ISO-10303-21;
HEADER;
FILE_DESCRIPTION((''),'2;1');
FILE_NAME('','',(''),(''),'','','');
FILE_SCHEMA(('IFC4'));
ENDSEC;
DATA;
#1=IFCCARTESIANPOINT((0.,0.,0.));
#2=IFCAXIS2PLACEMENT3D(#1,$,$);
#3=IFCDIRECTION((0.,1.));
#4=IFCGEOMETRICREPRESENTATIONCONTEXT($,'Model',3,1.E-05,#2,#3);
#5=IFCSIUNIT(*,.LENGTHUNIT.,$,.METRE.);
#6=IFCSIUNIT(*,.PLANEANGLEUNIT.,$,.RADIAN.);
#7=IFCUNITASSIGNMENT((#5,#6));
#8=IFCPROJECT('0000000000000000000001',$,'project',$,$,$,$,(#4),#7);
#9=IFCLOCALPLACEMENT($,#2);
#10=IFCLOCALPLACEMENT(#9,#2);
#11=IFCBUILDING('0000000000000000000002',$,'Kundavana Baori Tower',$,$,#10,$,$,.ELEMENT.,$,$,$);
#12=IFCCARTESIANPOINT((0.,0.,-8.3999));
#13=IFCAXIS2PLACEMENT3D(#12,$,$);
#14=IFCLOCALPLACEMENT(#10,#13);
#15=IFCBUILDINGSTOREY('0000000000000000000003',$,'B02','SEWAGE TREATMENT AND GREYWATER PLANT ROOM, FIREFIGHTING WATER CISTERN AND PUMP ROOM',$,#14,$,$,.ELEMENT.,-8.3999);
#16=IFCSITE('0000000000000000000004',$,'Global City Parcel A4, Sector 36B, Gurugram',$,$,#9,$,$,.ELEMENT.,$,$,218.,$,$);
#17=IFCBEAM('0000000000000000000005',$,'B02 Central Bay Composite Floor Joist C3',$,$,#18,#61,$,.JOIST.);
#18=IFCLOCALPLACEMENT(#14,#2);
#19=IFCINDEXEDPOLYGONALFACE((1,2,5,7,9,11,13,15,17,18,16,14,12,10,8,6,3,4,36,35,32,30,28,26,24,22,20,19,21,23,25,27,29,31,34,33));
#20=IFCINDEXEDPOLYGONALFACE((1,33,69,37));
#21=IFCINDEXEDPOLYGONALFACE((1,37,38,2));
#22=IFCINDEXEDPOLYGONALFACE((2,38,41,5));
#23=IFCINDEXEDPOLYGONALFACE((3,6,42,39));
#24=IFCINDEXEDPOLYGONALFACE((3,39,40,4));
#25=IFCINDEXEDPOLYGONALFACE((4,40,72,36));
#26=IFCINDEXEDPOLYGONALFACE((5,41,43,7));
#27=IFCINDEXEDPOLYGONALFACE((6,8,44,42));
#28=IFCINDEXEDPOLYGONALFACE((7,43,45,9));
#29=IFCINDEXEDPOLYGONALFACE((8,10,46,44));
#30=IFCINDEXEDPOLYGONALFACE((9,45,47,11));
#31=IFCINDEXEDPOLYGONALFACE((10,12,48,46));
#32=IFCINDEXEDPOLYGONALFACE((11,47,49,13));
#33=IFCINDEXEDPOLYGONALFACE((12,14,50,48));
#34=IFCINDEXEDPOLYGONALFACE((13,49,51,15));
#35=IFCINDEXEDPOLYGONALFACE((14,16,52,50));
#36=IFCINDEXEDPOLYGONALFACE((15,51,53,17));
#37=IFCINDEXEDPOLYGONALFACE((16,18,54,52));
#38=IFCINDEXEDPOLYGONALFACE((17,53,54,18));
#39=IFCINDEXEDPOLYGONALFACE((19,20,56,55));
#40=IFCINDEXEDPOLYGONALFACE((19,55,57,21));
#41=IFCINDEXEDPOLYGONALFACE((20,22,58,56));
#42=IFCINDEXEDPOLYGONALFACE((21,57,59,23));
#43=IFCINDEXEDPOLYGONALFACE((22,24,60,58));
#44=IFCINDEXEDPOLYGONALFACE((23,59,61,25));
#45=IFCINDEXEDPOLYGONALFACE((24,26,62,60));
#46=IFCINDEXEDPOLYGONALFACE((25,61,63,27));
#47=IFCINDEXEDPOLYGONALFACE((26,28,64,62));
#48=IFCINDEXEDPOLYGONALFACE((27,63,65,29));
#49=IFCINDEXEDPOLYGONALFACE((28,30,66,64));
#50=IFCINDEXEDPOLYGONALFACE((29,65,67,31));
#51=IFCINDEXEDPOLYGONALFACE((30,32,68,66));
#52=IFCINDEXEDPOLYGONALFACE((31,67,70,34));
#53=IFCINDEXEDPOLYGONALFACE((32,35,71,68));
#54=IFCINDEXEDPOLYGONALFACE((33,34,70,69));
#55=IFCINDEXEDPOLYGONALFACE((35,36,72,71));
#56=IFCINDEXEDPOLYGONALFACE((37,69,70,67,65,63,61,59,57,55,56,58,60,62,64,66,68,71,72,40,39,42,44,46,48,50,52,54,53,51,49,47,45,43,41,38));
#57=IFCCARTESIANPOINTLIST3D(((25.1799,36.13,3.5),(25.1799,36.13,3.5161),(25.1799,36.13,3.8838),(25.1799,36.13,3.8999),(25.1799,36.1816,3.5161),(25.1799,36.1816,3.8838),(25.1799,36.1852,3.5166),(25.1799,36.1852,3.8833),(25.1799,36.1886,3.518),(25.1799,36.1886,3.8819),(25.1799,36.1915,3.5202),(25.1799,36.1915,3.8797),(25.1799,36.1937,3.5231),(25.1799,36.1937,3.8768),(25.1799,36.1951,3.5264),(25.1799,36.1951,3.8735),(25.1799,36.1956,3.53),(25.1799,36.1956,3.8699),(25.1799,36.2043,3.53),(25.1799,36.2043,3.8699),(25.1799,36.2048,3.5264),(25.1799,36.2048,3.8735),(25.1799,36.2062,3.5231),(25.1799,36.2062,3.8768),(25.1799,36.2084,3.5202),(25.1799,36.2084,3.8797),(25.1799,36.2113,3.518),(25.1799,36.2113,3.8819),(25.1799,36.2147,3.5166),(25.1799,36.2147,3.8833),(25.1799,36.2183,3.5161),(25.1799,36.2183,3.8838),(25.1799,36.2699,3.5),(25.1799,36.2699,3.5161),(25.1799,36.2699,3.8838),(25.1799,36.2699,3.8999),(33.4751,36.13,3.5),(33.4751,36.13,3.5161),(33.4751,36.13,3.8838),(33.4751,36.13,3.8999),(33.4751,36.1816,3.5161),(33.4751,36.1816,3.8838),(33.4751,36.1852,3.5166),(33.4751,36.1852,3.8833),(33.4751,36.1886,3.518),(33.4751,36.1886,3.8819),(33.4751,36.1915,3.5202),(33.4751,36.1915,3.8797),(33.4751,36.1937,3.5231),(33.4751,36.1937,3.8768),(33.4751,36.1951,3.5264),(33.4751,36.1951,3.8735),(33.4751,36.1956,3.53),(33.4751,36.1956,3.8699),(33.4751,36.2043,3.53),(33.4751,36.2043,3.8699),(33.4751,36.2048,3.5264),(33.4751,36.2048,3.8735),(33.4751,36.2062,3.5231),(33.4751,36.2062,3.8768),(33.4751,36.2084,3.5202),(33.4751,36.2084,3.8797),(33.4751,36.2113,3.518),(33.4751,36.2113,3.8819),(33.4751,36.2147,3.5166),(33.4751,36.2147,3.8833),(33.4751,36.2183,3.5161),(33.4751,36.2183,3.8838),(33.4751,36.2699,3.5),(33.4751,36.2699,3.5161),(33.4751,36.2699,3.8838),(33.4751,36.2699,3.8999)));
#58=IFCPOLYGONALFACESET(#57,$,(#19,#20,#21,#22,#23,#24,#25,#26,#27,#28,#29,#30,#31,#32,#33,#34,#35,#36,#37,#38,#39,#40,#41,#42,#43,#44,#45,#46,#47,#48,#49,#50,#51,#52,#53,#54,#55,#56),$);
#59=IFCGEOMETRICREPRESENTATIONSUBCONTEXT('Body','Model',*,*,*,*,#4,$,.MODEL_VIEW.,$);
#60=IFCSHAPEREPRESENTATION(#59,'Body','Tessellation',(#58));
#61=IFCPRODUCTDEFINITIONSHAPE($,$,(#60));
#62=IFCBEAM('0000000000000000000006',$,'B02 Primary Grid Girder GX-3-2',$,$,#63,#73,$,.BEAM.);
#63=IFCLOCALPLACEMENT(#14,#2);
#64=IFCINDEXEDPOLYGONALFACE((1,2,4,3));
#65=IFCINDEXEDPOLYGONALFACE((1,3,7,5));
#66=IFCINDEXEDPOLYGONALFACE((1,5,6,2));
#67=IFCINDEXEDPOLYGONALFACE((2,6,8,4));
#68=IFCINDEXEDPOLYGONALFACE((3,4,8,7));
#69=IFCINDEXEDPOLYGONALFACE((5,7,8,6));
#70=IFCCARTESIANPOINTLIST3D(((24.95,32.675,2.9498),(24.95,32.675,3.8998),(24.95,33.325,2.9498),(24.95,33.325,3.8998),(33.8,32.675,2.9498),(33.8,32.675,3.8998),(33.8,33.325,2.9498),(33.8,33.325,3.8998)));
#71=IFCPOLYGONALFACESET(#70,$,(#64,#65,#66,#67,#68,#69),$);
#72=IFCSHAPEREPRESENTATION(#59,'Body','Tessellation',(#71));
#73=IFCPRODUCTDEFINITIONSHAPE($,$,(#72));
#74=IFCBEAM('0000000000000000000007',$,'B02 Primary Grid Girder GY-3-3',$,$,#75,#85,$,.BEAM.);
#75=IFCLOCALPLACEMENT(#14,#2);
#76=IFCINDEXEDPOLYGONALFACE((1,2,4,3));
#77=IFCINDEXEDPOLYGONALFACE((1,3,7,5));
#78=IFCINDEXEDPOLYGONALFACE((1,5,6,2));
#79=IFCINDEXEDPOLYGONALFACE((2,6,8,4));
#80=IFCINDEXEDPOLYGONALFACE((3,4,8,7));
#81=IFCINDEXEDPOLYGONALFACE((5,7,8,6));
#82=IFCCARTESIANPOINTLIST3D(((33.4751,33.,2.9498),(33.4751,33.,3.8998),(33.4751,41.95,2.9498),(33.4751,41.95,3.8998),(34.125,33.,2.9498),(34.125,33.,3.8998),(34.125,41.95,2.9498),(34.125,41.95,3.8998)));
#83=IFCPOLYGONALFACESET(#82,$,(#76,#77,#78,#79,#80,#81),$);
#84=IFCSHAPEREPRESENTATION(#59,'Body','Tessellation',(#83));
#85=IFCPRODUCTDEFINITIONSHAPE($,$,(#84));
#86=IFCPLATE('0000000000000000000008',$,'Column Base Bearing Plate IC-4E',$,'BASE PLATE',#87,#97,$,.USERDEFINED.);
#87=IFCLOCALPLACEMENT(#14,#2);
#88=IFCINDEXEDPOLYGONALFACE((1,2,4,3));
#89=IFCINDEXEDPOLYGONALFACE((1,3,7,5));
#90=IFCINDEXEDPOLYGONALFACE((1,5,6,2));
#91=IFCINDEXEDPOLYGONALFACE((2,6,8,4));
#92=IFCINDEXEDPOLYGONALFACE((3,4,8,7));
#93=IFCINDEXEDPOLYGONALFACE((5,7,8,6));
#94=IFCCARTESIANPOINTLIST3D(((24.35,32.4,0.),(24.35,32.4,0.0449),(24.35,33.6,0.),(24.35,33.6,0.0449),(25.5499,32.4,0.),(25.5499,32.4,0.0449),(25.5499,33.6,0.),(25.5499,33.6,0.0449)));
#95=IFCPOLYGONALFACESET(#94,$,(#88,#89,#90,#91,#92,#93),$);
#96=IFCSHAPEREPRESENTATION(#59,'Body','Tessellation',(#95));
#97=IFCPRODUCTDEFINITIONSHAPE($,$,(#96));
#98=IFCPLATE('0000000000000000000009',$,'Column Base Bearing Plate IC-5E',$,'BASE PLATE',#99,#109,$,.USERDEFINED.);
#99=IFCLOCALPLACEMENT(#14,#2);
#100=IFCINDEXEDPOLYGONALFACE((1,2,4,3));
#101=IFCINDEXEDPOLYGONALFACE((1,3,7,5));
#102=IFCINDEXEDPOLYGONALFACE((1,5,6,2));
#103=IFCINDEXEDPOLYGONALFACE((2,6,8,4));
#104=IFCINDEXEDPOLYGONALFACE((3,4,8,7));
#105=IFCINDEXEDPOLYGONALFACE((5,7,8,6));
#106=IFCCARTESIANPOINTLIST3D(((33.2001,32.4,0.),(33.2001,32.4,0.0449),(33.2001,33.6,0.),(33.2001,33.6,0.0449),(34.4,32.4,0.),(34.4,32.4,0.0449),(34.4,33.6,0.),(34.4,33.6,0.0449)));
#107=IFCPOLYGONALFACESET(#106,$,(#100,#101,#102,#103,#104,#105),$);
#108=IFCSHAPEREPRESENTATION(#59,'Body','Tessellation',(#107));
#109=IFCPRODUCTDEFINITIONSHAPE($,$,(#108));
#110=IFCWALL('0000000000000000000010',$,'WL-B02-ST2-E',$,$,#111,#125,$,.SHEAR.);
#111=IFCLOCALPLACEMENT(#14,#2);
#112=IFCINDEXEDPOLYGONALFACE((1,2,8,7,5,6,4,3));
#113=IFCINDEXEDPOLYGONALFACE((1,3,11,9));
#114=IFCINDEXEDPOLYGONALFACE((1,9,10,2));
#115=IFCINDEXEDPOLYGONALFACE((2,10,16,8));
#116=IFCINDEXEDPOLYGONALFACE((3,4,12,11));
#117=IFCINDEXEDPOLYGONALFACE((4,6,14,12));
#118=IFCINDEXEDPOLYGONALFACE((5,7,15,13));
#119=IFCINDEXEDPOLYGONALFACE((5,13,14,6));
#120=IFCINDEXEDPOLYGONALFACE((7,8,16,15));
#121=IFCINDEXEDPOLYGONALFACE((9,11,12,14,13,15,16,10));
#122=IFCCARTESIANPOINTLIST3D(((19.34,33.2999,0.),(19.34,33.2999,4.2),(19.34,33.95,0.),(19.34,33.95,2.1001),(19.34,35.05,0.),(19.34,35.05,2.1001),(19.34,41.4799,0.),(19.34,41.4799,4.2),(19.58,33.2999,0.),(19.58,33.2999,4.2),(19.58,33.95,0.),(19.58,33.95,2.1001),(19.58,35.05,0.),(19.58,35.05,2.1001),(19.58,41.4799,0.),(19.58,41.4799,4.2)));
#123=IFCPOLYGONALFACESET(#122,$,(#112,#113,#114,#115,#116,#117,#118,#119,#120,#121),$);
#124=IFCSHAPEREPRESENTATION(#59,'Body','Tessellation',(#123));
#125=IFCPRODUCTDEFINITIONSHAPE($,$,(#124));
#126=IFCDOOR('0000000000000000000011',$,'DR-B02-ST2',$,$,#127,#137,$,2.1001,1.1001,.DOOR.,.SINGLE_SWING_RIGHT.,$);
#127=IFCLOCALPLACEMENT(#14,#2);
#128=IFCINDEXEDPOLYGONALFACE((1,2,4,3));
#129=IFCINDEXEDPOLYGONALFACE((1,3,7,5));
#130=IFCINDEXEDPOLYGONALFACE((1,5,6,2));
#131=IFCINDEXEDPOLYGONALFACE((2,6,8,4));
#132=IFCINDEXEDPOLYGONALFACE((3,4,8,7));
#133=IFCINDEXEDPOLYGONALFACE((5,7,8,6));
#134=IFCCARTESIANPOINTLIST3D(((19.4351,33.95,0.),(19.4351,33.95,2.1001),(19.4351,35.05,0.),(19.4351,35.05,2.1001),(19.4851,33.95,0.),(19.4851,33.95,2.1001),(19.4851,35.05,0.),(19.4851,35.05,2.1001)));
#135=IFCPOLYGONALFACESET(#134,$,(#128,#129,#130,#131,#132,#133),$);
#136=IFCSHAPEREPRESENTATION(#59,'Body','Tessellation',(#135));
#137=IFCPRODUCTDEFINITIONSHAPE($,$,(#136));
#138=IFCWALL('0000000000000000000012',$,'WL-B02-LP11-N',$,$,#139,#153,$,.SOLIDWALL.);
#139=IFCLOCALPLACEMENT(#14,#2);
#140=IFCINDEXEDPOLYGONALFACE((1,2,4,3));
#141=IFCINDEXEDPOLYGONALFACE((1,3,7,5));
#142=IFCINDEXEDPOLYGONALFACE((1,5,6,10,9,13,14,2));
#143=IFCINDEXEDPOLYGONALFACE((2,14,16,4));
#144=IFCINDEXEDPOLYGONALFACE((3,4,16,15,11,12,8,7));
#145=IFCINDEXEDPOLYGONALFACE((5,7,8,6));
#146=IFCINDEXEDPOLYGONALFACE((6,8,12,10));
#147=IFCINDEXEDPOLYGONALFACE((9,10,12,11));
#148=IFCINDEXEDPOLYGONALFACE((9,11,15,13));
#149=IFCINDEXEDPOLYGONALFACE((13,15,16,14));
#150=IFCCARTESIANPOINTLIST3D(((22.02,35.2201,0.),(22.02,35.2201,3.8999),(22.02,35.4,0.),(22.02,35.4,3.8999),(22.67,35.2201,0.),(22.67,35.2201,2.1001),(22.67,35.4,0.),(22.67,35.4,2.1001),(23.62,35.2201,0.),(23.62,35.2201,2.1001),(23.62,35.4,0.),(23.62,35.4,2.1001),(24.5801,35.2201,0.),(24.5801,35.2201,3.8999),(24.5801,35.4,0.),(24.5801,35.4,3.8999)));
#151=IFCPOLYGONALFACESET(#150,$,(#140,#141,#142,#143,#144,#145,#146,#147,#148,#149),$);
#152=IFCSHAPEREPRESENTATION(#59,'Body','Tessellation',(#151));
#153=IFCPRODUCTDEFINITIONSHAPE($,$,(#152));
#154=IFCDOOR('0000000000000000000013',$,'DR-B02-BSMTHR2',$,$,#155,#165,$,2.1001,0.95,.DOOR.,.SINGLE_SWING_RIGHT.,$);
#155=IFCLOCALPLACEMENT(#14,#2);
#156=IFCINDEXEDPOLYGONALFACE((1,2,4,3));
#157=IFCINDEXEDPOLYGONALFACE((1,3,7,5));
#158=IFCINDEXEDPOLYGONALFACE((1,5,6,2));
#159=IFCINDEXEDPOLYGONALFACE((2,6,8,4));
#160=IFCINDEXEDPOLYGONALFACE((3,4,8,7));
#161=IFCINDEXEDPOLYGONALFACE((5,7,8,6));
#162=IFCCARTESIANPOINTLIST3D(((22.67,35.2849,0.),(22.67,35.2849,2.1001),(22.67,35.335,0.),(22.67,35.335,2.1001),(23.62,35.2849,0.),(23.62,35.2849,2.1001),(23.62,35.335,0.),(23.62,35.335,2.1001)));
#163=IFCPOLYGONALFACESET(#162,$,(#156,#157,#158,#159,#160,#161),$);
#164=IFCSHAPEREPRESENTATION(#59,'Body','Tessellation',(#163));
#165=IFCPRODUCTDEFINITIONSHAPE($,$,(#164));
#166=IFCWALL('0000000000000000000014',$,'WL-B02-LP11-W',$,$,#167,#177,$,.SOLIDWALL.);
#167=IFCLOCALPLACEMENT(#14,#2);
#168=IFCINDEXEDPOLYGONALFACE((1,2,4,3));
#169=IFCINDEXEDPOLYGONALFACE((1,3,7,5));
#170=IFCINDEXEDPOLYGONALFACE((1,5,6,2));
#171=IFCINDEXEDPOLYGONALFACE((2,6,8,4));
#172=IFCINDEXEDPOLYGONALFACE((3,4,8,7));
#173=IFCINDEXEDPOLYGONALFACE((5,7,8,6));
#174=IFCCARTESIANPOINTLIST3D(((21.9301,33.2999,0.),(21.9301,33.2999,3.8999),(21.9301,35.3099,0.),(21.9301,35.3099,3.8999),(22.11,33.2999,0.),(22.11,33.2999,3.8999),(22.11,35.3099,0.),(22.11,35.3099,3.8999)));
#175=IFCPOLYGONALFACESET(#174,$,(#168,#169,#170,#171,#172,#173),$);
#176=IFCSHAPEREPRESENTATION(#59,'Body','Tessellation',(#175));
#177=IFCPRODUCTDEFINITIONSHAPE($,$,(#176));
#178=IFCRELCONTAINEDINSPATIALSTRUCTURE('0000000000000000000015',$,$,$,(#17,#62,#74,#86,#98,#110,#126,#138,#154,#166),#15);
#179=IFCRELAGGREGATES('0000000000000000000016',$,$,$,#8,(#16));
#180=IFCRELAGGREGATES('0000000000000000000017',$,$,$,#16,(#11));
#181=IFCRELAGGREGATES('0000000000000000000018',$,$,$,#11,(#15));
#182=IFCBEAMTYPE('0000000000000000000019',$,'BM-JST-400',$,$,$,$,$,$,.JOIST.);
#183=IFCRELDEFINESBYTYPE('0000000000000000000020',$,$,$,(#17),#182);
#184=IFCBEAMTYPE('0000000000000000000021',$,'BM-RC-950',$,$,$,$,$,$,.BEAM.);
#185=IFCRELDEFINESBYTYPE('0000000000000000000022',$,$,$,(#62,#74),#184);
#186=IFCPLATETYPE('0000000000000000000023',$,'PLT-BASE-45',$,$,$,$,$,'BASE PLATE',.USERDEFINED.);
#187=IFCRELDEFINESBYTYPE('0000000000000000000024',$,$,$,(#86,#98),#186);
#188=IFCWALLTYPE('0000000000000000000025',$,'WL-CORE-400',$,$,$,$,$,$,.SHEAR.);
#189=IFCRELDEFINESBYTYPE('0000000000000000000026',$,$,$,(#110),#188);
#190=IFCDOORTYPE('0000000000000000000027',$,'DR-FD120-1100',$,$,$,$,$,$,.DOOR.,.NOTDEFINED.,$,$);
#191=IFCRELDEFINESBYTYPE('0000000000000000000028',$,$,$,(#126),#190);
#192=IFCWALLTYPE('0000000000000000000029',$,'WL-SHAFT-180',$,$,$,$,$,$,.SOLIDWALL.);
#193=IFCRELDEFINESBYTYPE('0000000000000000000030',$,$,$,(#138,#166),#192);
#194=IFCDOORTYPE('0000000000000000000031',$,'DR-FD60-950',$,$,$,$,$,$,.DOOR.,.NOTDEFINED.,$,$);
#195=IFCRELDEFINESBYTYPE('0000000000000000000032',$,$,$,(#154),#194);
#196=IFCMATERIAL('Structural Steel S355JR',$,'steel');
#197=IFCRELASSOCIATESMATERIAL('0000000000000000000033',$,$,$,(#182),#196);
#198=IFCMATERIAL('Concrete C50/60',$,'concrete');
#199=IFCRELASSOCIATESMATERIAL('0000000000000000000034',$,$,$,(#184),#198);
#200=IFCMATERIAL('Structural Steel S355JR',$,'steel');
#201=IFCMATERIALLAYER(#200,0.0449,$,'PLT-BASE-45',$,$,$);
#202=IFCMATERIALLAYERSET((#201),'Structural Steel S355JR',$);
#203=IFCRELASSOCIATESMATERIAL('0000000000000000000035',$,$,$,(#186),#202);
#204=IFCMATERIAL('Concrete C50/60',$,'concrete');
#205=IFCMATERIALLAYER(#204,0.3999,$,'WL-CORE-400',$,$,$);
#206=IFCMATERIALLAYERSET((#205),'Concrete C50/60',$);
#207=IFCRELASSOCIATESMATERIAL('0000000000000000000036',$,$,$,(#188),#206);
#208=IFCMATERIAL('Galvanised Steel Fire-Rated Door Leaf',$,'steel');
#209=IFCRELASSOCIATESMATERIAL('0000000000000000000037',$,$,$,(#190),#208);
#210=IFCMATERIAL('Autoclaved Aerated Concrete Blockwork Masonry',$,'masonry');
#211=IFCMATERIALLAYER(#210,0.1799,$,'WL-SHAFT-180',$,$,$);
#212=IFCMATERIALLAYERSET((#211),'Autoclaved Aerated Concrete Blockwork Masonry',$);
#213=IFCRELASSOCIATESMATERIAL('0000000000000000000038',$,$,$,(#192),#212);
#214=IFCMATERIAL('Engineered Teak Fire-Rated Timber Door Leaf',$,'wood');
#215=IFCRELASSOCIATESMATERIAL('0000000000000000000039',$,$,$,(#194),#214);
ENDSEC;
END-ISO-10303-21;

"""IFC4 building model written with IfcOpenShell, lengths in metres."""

from ifc_helpers import new_model, si_unit, direction, frame, frame_2d, origin, origin_2d, place, context, subcontext, project, spatial, rectangle, i_section, extrude, material, layer, layer_set, material_profile, profile_set, type_object, element, fill, save


model = new_model("IFC4")

# Units and contexts
model_context = context("Model", 3, precision=1e-05, world=origin(), true_north=direction((0.0, 1.0)))
body_context = subcontext(model_context, "Body", "Model", "MODEL_VIEW")
ifc_project = project(units=[si_unit("LENGTHUNIT", "METRE"), si_unit("PLANEANGLEUNIT", "RADIAN")], contexts=[model_context])

# Site, building, storey
site_placement = place(None, origin())
site = spatial("IfcSite", under=ifc_project, at=site_placement, Name="Global City Parcel A4, Sector 36B, Gurugram", CompositionType="ELEMENT", RefElevation=218.0)
building_placement = place(site_placement, origin())
building = spatial("IfcBuilding", under=site, at=building_placement, Name="Kundavana Baori Tower", CompositionType="ELEMENT")
storey_placement = place(building_placement, frame((0.0, 0.0, -8.3999)))
storey = spatial("IfcBuildingStorey", under=building, at=storey_placement, Name="B02", Description="SEWAGE TREATMENT AND GREYWATER PLANT ROOM, FIREFIGHTING WATER CISTERN AND PUMP ROOM", CompositionType="ELEMENT", Elevation=-8.3999)

# Beams
ifc_material_1 = material(Name="Structural Steel S355JR", Category="steel")
ifc_material_profile_1 = material_profile(ifc_material_1, i_section(OverallWidth=0.1399, OverallDepth=0.3999, WebThickness=0.0088, FlangeThickness=0.0161, FilletRadius=0.0139, at=origin_2d()), Name="ISMB 400")
ifc_profile_set_1 = profile_set([ifc_material_profile_1], Name="Structural Steel S355JR")
beam_type_1 = type_object("IfcBeamType", Name="BM-JST-400", PredefinedType="JOIST", material=ifc_profile_set_1)
beam_1_placement = place(storey_placement, frame((25.1799, 36.2, 3.7), z_axis=(1.0, 0.0, 0.0), x_axis=(0.0, 1.0, 0.0)))
element("IfcBeam", 1, at=beam_1_placement, inside=storey, type_object=beam_type_1, Name="B02 Central Bay Composite Floor Joist C3", PredefinedType="JOIST", context=body_context, shape_type="SweptSolid", body=[
    extrude(i_section(OverallWidth=0.1399, OverallDepth=0.3999, WebThickness=0.0088, FlangeThickness=0.0161, FilletRadius=0.0139, at=origin_2d()), origin(), (0.0, 0.0, 1.0), 8.2952),
])
ifc_material_2 = material(Name="Concrete C50/60", Category="concrete")
ifc_material_profile_2 = material_profile(ifc_material_2, rectangle(XDim=0.6499, YDim=0.95, at=origin_2d()), Name="RC BM 650x950")
ifc_profile_set_2 = profile_set([ifc_material_profile_2], Name="Concrete C50/60")
beam_type_2 = type_object("IfcBeamType", Name="BM-RC-950", PredefinedType="BEAM", material=ifc_profile_set_2)
beam_2_placement = place(storey_placement, frame((24.95, 33.0, 3.4248), z_axis=(1.0, 0.0, 0.0), x_axis=(0.0, 1.0, 0.0)))
element("IfcBeam", 2, at=beam_2_placement, inside=storey, type_object=beam_type_2, Name="B02 Primary Grid Girder GX-3-2", PredefinedType="BEAM", context=body_context, shape_type="SweptSolid", body=[
    extrude(rectangle(XDim=0.6499, YDim=0.95, at=origin_2d()), origin(), (0.0, 0.0, 1.0), 8.8501),
])
beam_3_placement = place(storey_placement, frame((33.8, 33.0, 3.4248), z_axis=(0.0, 1.0, 0.0), x_axis=(-1.0, 0.0, 0.0)))
element("IfcBeam", 3, at=beam_3_placement, inside=storey, type_object=beam_type_2, Name="B02 Primary Grid Girder GY-3-3", PredefinedType="BEAM", context=body_context, shape_type="SweptSolid", body=[
    extrude(rectangle(XDim=0.6499, YDim=0.95, at=origin_2d()), origin(), (0.0, 0.0, 1.0), 8.95),
])

# Plates
ifc_material_3 = material(Name="Structural Steel S355JR", Category="steel")
ifc_layer_1 = layer(ifc_material_3, 0.0449, Name="PLT-BASE-45")
ifc_layer_set_1 = layer_set([ifc_layer_1], Name="Structural Steel S355JR")
plate_type = type_object("IfcPlateType", Name="PLT-BASE-45", ElementType="BASE PLATE", PredefinedType="USERDEFINED", material=ifc_layer_set_1)
for number, where, z_axis, x_axis, name in (
    (4, (24.95, 33.0, 0.0), (0.0, 0.0, 1.0), (1.0, 0.0, 0.0), "Column Base Bearing Plate IC-4E"),
    (5, (33.8, 33.0, 0.0), (0.0, 0.0, 1.0), (1.0, 0.0, 0.0), "Column Base Bearing Plate IC-5E"),
):
    element("IfcPlate", number, at=place(storey_placement, frame(where, z_axis=z_axis, x_axis=x_axis)), inside=storey, type_object=plate_type, Name=name, ObjectType="BASE PLATE", PredefinedType="USERDEFINED", context=body_context, shape_type="SweptSolid", body=[
        extrude(rectangle(XDim=1.2, YDim=1.2, at=origin_2d()), origin(), (0.0, 0.0, 1.0), 0.0449),
    ])

# Walls, openings, doors
ifc_material_4 = material(Name="Concrete C50/60", Category="concrete")
ifc_layer_2 = layer(ifc_material_4, 0.3999, Name="WL-CORE-400")
ifc_layer_set_2 = layer_set([ifc_layer_2], Name="Concrete C50/60")
wall_type_1 = type_object("IfcWallType", Name="WL-CORE-400", PredefinedType="SHEAR", material=ifc_layer_set_2)
wall_1_placement = place(storey_placement, frame((19.46, 33.3, 0.0), z_axis=(0.0, 0.0, 1.0), x_axis=(0.0, 1.0, 0.0)))
wall_1 = element("IfcWall", 6, at=wall_1_placement, inside=storey, type_object=wall_type_1, Name="WL-B02-ST2-E", PredefinedType="SHEAR", context=body_context, shape_type="SweptSolid", body=[
    extrude(rectangle(XDim=8.1799, YDim=0.24, at=frame_2d((4.0898, 0.0))), origin(), (0.0, 0.0, 1.0), 4.2),
])
opening_1_placement = place(wall_1_placement, frame((0.6499, 0.0, 0.0)))
opening_1 = element("IfcOpeningElement", 7, at=opening_1_placement, cuts=wall_1, PredefinedType="OPENING", context=body_context, shape_type="SweptSolid", body=[
    extrude(rectangle(XDim=1.1001, YDim=2.1001, at=frame_2d((0.55, 1.05))), frame((0.0, 0.1299, 0.0), z_axis=(0.0, -1.0, 0.0), x_axis=(1.0, 0.0, 0.0)), (0.0, 0.0, 1.0), 0.26),
])
ifc_material_5 = material(Name="Galvanised Steel Fire-Rated Door Leaf", Category="steel")
door_type_1 = type_object("IfcDoorType", Name="DR-FD120-1100", OperationType="NOTDEFINED", PredefinedType="DOOR", material=ifc_material_5)
door_1_placement = place(opening_1_placement, origin())
door_1 = element("IfcDoor", 8, at=door_1_placement, inside=storey, type_object=door_type_1, Name="DR-B02-ST2", OperationType="SINGLE_SWING_RIGHT", OverallHeight=2.1001, OverallWidth=1.1001, PredefinedType="DOOR", context=body_context, shape_type="SweptSolid", body=[
    extrude(rectangle(XDim=1.1001, YDim=2.1001, at=frame_2d((0.55, 1.05))), frame((0.0, 0.0249, 0.0), z_axis=(0.0, -1.0, 0.0), x_axis=(1.0, 0.0, 0.0)), (0.0, 0.0, 1.0), 0.05),
])
fill(opening_1, door_1)
ifc_material_6 = material(Name="Autoclaved Aerated Concrete Blockwork Masonry", Category="masonry")
ifc_layer_3 = layer(ifc_material_6, 0.1799, Name="WL-SHAFT-180")
ifc_layer_set_3 = layer_set([ifc_layer_3], Name="Autoclaved Aerated Concrete Blockwork Masonry")
wall_type_2 = type_object("IfcWallType", Name="WL-SHAFT-180", PredefinedType="SOLIDWALL", material=ifc_layer_set_3)
wall_2_placement = place(storey_placement, frame((22.02, 35.3101, 0.0), z_axis=(0.0, 0.0, 1.0), x_axis=(1.0, 0.0, 0.0)))
wall_2 = element("IfcWall", 9, at=wall_2_placement, inside=storey, type_object=wall_type_2, Name="WL-B02-LP11-N", PredefinedType="SOLIDWALL", context=body_context, shape_type="SweptSolid", body=[
    extrude(rectangle(XDim=2.5601, YDim=0.1799, at=frame_2d((1.28, 0.0))), origin(), (0.0, 0.0, 1.0), 3.8999),
])
opening_2_placement = place(wall_2_placement, frame((0.6499, 0.0, 0.0)))
opening_2 = element("IfcOpeningElement", 10, at=opening_2_placement, cuts=wall_2, PredefinedType="OPENING", context=body_context, shape_type="SweptSolid", body=[
    extrude(rectangle(XDim=0.95, YDim=2.1001, at=frame_2d((0.4751, 1.05))), frame((0.0, 0.1001, 0.0), z_axis=(0.0, -1.0, 0.0), x_axis=(1.0, 0.0, 0.0)), (0.0, 0.0, 1.0), 0.2),
])
ifc_material_7 = material(Name="Engineered Teak Fire-Rated Timber Door Leaf", Category="wood")
door_type_2 = type_object("IfcDoorType", Name="DR-FD60-950", OperationType="NOTDEFINED", PredefinedType="DOOR", material=ifc_material_7)
door_2_placement = place(opening_2_placement, origin())
door_2 = element("IfcDoor", 11, at=door_2_placement, inside=storey, type_object=door_type_2, Name="DR-B02-BSMTHR2", OperationType="SINGLE_SWING_RIGHT", OverallHeight=2.1001, OverallWidth=0.95, PredefinedType="DOOR", context=body_context, shape_type="SweptSolid", body=[
    extrude(rectangle(XDim=0.95, YDim=2.1001, at=frame_2d((0.4751, 1.05))), frame((0.0, 0.0249, 0.0), z_axis=(0.0, -1.0, 0.0), x_axis=(1.0, 0.0, 0.0)), (0.0, 0.0, 1.0), 0.05),
])
fill(opening_2, door_2)

# Wall
wall_3_placement = place(storey_placement, frame((22.02, 33.3, 0.0), z_axis=(0.0, 0.0, 1.0), x_axis=(0.0, 1.0, 0.0)))
element("IfcWall", 12, at=wall_3_placement, inside=storey, type_object=wall_type_2, Name="WL-B02-LP11-W", PredefinedType="SOLIDWALL", context=body_context, shape_type="SweptSolid", body=[
    extrude(rectangle(XDim=2.01, YDim=0.1799, at=frame_2d((1.0049, 0.0))), origin(), (0.0, 0.0, 1.0), 3.8999),
])

save(model, "model.ifc")
